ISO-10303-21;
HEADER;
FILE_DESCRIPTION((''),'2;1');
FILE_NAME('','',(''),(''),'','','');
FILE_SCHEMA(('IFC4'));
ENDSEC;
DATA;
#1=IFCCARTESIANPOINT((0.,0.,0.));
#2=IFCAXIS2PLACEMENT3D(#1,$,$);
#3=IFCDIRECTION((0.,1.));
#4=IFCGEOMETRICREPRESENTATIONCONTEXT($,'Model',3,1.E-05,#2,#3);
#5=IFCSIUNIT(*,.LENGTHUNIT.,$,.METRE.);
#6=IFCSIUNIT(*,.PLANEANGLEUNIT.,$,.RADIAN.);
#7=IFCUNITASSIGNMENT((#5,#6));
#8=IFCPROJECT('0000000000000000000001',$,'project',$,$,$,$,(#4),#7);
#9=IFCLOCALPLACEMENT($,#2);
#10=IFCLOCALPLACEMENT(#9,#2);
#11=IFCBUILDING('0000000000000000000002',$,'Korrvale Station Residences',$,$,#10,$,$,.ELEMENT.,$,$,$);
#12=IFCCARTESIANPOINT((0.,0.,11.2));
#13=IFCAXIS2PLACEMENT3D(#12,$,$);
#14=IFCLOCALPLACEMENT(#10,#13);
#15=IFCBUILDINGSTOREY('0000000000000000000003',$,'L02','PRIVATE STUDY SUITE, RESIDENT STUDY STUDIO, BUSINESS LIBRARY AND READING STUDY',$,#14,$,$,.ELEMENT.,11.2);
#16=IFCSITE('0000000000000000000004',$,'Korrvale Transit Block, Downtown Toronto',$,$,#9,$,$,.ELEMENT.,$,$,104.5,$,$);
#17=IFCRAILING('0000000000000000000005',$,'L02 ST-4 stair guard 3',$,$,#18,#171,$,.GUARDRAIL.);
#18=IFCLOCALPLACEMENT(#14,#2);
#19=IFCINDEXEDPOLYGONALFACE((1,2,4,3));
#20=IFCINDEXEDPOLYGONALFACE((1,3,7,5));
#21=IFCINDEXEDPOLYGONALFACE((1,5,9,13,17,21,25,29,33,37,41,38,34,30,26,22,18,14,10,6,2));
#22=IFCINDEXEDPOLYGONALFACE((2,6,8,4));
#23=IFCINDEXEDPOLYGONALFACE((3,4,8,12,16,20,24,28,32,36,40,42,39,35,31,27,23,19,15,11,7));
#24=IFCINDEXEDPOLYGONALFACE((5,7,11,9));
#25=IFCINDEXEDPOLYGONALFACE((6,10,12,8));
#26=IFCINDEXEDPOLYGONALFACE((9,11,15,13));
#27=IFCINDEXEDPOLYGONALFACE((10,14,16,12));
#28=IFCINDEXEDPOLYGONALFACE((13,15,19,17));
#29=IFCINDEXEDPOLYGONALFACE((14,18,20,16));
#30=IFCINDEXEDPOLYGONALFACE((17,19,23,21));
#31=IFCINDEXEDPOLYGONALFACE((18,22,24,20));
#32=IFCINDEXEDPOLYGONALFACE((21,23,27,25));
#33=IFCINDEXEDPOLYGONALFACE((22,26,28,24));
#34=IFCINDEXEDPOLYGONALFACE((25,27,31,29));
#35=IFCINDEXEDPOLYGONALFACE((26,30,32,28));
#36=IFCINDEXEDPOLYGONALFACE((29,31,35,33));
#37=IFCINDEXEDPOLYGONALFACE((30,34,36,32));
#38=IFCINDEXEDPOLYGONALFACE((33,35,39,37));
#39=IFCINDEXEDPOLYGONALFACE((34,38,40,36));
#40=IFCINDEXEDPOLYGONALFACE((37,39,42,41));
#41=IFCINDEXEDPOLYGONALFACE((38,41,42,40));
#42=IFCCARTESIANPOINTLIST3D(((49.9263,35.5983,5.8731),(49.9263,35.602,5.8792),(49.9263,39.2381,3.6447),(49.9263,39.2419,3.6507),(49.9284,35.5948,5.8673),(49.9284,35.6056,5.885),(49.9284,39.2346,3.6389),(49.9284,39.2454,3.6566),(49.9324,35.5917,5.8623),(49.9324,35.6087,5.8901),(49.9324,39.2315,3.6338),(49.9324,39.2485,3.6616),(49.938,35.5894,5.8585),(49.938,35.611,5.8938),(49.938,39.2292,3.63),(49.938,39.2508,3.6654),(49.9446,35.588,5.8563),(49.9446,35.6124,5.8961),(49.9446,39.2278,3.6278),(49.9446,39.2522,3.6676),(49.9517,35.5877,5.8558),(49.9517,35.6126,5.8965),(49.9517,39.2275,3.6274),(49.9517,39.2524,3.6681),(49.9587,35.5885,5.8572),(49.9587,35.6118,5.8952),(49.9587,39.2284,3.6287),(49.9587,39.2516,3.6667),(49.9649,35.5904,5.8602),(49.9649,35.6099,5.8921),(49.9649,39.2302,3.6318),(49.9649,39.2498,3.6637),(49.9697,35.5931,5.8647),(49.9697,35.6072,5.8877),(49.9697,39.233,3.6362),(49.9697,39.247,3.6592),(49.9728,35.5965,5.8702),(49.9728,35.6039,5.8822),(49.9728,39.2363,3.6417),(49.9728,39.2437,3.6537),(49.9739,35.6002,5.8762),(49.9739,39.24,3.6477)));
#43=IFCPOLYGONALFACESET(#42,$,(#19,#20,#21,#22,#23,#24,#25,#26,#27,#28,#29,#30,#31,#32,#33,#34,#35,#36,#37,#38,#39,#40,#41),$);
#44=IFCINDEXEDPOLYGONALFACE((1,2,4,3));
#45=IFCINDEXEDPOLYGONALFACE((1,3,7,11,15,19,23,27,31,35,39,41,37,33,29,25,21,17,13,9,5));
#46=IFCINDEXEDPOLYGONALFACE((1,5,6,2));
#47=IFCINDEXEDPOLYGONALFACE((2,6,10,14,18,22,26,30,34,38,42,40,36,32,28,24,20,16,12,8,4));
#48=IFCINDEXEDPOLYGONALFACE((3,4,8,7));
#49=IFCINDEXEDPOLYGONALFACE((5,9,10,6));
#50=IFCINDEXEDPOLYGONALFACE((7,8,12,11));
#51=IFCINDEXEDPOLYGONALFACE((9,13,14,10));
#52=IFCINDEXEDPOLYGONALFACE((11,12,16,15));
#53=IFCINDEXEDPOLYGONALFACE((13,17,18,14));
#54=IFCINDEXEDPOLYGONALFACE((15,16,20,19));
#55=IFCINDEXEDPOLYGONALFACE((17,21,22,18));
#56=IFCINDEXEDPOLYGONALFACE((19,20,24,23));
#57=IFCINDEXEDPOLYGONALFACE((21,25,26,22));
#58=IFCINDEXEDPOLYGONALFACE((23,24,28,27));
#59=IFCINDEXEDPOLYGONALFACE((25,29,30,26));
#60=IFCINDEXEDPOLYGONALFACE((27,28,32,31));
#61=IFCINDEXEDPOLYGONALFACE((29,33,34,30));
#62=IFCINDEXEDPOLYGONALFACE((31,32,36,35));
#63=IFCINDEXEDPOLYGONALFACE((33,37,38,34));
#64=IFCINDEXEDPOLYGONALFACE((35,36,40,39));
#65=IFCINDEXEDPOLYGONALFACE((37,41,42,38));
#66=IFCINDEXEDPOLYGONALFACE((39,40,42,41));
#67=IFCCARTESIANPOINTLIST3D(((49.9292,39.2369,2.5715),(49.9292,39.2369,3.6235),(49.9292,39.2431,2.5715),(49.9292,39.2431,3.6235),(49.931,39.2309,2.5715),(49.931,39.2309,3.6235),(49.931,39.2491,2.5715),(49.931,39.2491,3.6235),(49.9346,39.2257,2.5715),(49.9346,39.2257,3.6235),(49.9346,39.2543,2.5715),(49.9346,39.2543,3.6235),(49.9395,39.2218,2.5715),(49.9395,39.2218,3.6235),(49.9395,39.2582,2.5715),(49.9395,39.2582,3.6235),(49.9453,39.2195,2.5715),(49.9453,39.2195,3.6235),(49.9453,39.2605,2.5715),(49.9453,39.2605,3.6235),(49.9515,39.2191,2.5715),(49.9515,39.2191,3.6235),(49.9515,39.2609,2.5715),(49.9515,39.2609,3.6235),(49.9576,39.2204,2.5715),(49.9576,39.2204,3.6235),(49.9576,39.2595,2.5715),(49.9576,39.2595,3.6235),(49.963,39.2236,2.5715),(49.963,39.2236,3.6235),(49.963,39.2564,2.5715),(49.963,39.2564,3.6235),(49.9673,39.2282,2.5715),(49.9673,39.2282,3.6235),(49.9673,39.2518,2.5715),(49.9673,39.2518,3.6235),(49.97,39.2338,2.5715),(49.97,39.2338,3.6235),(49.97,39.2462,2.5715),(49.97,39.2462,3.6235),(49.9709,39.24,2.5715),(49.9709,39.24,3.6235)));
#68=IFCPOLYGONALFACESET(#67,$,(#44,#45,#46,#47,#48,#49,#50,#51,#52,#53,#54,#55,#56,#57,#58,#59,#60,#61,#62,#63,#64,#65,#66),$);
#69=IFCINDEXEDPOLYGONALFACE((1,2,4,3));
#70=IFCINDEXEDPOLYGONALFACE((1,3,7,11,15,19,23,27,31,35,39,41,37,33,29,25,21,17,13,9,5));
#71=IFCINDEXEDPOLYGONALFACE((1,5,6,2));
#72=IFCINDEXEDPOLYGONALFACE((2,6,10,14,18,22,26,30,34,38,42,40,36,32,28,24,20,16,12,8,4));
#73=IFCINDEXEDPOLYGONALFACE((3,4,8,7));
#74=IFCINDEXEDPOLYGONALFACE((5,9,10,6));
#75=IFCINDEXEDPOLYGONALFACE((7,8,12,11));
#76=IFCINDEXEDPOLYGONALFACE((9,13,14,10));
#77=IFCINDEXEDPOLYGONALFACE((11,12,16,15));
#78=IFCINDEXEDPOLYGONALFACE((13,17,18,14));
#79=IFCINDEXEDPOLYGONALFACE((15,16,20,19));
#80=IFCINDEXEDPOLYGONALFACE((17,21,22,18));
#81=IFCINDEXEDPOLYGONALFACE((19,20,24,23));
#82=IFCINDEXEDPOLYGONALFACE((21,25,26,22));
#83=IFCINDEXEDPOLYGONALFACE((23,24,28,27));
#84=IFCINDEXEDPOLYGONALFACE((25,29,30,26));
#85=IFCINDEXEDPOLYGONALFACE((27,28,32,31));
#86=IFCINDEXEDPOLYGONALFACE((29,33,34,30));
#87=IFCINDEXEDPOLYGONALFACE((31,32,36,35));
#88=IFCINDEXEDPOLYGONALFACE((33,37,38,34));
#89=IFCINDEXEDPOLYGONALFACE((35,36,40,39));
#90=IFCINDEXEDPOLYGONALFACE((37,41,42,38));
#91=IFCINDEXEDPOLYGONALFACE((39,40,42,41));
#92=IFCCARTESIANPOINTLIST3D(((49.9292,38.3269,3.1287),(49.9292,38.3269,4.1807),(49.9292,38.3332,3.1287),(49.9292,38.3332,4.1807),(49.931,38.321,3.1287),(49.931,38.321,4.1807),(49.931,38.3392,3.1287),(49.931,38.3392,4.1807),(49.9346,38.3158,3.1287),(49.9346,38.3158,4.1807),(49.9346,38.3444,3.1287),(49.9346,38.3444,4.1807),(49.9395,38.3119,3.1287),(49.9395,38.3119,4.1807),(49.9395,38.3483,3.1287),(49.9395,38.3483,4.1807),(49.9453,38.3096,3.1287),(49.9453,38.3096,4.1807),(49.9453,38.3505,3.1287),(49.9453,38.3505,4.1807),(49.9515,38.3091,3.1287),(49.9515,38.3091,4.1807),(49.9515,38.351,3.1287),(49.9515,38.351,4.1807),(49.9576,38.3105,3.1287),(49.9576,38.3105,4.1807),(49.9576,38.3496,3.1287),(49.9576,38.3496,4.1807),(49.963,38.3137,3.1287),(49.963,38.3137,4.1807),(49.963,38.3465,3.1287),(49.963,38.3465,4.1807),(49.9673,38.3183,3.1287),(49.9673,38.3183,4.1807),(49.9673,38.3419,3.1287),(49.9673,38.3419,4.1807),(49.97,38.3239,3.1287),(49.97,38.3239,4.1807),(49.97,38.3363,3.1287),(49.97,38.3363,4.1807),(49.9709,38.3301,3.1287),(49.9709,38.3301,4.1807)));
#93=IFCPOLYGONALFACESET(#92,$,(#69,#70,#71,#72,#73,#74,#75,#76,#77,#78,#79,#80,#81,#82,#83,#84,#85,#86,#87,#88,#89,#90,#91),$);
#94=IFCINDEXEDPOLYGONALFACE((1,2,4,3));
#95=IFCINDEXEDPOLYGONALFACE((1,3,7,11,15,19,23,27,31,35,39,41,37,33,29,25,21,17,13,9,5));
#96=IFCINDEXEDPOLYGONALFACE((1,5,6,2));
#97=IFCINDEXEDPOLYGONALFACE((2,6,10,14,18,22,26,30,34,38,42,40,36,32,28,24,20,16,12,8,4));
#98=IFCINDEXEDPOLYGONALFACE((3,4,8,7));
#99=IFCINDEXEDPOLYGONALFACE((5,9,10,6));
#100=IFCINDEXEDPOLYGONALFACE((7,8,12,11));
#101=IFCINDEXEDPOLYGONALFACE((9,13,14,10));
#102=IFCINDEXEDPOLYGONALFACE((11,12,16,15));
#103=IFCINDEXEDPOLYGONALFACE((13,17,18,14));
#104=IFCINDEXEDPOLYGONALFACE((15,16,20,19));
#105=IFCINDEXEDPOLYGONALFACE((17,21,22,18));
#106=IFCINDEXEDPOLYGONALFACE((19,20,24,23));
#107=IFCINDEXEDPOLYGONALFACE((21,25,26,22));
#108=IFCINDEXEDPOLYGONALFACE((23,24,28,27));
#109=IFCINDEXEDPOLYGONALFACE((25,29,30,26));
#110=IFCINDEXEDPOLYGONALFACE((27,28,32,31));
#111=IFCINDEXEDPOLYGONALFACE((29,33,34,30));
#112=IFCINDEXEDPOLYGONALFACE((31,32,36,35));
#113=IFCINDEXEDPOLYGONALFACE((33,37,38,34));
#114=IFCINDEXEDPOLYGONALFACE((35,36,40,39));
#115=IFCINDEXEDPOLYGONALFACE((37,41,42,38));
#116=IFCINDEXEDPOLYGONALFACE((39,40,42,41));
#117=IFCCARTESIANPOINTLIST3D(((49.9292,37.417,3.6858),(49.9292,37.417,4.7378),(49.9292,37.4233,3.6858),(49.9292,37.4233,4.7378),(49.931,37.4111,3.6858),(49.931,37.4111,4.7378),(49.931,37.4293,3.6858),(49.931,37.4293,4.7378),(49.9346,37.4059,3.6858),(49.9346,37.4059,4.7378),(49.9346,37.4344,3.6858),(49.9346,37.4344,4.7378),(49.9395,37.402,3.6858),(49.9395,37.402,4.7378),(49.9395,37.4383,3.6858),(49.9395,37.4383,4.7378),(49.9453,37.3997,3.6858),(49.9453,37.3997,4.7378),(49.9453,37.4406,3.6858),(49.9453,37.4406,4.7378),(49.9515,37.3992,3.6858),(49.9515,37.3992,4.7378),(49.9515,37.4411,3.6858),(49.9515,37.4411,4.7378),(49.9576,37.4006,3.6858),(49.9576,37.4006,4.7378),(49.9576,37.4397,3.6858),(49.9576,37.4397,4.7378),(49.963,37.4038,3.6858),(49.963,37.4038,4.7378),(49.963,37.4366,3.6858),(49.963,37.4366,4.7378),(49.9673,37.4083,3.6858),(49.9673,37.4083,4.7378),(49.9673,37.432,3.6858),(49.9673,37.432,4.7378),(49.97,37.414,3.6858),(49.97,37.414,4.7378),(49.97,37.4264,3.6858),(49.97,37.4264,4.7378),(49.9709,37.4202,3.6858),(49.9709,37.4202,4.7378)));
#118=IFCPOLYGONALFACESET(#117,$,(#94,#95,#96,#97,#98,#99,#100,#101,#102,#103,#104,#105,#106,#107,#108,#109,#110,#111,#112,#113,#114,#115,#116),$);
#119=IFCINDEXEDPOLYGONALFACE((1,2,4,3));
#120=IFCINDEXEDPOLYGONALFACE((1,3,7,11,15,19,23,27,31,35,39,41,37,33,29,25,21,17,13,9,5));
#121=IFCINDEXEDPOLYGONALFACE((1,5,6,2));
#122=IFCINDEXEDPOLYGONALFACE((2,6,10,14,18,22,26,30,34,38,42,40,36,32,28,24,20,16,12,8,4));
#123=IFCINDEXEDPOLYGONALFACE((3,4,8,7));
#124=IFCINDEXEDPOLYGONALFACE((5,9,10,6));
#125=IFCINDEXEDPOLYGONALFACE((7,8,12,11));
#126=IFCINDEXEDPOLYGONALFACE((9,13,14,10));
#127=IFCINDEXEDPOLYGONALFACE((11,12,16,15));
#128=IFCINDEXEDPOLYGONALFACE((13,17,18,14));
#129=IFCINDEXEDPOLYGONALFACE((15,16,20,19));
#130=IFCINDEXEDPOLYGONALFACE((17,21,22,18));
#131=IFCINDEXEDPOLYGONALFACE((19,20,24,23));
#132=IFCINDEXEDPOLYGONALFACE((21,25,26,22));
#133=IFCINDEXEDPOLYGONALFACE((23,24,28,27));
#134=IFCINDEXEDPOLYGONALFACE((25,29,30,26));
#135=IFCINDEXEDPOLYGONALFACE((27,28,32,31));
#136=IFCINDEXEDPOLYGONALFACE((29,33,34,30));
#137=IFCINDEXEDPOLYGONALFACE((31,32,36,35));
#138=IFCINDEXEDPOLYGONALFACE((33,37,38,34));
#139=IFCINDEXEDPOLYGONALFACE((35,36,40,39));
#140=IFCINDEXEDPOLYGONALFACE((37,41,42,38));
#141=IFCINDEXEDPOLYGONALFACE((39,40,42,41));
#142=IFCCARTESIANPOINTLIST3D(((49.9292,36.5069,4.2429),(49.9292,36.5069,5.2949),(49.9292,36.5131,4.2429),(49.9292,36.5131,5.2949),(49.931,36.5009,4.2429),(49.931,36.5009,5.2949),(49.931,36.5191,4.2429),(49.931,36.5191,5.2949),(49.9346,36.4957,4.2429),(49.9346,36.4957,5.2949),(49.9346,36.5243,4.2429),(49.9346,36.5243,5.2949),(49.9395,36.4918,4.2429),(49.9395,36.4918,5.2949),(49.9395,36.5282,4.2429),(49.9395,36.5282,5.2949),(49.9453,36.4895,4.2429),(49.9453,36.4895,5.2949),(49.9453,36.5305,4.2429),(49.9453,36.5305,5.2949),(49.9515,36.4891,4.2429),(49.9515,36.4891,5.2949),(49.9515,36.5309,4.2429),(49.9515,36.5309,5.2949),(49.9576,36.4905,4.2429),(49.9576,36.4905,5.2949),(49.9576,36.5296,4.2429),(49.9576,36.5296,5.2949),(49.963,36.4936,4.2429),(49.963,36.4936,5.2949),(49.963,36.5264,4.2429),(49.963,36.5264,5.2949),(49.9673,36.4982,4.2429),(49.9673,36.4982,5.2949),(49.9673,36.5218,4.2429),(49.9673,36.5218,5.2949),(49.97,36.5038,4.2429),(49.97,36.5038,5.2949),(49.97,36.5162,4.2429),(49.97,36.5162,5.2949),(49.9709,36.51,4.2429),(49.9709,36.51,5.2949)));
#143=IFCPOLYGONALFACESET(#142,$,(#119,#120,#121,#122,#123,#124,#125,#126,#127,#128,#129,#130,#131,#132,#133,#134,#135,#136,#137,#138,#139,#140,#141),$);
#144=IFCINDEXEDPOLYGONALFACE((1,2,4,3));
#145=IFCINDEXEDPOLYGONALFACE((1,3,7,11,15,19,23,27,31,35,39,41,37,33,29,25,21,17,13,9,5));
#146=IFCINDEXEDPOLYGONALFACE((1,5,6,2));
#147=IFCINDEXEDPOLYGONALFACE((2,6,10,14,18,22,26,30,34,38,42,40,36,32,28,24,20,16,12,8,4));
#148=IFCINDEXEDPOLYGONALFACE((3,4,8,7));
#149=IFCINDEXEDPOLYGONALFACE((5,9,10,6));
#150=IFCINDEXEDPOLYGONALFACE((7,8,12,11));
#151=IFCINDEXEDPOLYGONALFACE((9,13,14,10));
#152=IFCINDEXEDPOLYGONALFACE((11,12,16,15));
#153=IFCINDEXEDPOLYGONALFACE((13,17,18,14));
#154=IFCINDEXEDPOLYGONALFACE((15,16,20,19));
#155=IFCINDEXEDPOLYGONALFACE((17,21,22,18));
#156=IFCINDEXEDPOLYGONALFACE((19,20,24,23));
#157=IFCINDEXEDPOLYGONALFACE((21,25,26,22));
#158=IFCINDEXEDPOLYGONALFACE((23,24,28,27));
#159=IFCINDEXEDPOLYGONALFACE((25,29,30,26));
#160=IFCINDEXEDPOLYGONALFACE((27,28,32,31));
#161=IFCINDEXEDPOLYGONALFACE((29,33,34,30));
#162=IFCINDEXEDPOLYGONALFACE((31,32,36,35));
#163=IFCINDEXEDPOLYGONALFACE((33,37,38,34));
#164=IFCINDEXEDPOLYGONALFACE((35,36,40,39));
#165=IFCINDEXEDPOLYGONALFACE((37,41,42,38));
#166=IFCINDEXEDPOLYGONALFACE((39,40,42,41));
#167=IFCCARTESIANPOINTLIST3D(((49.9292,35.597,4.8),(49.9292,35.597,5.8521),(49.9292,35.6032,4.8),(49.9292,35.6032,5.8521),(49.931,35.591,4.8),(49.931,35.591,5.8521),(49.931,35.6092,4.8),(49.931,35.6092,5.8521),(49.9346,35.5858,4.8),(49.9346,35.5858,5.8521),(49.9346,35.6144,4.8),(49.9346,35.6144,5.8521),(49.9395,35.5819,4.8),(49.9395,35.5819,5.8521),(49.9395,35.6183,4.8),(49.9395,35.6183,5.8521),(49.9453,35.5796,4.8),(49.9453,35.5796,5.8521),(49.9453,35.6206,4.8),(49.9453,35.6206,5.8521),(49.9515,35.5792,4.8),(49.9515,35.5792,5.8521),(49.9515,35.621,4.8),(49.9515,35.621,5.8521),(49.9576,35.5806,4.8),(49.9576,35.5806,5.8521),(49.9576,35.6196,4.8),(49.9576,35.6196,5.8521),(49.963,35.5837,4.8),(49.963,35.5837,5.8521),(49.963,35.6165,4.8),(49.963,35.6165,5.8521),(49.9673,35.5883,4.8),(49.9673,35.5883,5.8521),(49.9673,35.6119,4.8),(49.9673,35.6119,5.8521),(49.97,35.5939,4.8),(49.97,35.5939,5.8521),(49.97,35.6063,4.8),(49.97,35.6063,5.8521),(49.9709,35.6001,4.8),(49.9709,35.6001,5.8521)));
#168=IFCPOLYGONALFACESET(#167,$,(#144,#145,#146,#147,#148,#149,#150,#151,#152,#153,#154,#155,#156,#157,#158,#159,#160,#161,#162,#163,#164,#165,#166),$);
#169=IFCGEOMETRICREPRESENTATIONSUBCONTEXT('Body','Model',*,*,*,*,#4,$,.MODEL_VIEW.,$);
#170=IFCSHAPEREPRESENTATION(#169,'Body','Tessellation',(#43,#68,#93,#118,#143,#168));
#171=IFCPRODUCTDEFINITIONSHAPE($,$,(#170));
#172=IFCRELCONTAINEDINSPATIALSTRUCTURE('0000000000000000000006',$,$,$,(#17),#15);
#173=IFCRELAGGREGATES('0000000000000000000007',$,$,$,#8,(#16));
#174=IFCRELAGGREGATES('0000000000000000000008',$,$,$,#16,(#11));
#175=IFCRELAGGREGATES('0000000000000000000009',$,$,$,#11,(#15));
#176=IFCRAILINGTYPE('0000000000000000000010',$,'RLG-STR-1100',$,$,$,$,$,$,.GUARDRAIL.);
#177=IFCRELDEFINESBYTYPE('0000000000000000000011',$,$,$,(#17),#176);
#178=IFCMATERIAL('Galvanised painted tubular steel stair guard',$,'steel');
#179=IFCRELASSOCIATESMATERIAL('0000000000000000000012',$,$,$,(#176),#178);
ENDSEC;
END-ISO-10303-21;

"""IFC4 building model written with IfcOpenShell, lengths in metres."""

from ifc_helpers import new_model, si_unit, direction, frame, origin, origin_2d, place, context, subcontext, project, spatial, circle, extrude, material, type_object, element, save


model = new_model("IFC4")

# Units and contexts
model_context = context("Model", 3, precision=1e-05, world=origin(), true_north=direction((0.0, 1.0)))
body_context = subcontext(model_context, "Body", "Model", "MODEL_VIEW")
ifc_project = project(units=[si_unit("LENGTHUNIT", "METRE"), si_unit("PLANEANGLEUNIT", "RADIAN")], contexts=[model_context])

# Site, building, storey
site_placement = place(None, origin())
site = spatial("IfcSite", under=ifc_project, at=site_placement, Name="Korrvale Transit Block, Downtown Toronto", CompositionType="ELEMENT", RefElevation=104.5)
building_placement = place(site_placement, origin())
building = spatial("IfcBuilding", under=site, at=building_placement, Name="Korrvale Station Residences", CompositionType="ELEMENT")
storey_placement = place(building_placement, frame((0.0, 0.0, 11.2)))
storey = spatial("IfcBuildingStorey", under=building, at=storey_placement, Name="L02", Description="PRIVATE STUDY SUITE, RESIDENT STUDY STUDIO, BUSINESS LIBRARY AND READING STUDY", CompositionType="ELEMENT", Elevation=11.2)

# Railing
ifc_material_1 = material(Name="Galvanised painted tubular steel stair guard", Category="steel")
railing_type_1 = type_object("IfcRailingType", Name="RLG-STR-1100", PredefinedType="GUARDRAIL", material=ifc_material_1)
railing_1_placement = place(storey_placement, frame((49.95, 39.24, 2.5715)))
element("IfcRailing", 1, at=railing_1_placement, inside=storey, type_object=railing_type_1, Name="L02 ST-4 stair guard 3", PredefinedType="GUARDRAIL", context=body_context, shape_type="SweptSolid", body=[
    extrude(circle(Radius=0.0239, at=origin_2d()), frame((0.0, 0.0, 1.0762), z_axis=(0.0, -0.85285, 0.522156), x_axis=(1.0, 0.0, 0.0)), (0.0, 0.0, 1.0), 4.2678),
    extrude(circle(Radius=0.021, at=origin_2d()), origin(), (0.0, 0.0, 1.0), 1.052),
    extrude(circle(Radius=0.021, at=origin_2d()), frame((0.0, -0.9099, 0.5571)), (0.0, 0.0, 1.0), 1.052),
    extrude(circle(Radius=0.021, at=origin_2d()), frame((0.0, -1.8198, 1.1143)), (0.0, 0.0, 1.0), 1.052),
    extrude(circle(Radius=0.021, at=origin_2d()), frame((0.0, -2.73, 1.6714)), (0.0, 0.0, 1.0), 1.052),
    extrude(circle(Radius=0.021, at=origin_2d()), frame((0.0, -3.6399, 2.2285)), (0.0, 0.0, 1.0), 1.052),
])

save(model, "model.ifc")
